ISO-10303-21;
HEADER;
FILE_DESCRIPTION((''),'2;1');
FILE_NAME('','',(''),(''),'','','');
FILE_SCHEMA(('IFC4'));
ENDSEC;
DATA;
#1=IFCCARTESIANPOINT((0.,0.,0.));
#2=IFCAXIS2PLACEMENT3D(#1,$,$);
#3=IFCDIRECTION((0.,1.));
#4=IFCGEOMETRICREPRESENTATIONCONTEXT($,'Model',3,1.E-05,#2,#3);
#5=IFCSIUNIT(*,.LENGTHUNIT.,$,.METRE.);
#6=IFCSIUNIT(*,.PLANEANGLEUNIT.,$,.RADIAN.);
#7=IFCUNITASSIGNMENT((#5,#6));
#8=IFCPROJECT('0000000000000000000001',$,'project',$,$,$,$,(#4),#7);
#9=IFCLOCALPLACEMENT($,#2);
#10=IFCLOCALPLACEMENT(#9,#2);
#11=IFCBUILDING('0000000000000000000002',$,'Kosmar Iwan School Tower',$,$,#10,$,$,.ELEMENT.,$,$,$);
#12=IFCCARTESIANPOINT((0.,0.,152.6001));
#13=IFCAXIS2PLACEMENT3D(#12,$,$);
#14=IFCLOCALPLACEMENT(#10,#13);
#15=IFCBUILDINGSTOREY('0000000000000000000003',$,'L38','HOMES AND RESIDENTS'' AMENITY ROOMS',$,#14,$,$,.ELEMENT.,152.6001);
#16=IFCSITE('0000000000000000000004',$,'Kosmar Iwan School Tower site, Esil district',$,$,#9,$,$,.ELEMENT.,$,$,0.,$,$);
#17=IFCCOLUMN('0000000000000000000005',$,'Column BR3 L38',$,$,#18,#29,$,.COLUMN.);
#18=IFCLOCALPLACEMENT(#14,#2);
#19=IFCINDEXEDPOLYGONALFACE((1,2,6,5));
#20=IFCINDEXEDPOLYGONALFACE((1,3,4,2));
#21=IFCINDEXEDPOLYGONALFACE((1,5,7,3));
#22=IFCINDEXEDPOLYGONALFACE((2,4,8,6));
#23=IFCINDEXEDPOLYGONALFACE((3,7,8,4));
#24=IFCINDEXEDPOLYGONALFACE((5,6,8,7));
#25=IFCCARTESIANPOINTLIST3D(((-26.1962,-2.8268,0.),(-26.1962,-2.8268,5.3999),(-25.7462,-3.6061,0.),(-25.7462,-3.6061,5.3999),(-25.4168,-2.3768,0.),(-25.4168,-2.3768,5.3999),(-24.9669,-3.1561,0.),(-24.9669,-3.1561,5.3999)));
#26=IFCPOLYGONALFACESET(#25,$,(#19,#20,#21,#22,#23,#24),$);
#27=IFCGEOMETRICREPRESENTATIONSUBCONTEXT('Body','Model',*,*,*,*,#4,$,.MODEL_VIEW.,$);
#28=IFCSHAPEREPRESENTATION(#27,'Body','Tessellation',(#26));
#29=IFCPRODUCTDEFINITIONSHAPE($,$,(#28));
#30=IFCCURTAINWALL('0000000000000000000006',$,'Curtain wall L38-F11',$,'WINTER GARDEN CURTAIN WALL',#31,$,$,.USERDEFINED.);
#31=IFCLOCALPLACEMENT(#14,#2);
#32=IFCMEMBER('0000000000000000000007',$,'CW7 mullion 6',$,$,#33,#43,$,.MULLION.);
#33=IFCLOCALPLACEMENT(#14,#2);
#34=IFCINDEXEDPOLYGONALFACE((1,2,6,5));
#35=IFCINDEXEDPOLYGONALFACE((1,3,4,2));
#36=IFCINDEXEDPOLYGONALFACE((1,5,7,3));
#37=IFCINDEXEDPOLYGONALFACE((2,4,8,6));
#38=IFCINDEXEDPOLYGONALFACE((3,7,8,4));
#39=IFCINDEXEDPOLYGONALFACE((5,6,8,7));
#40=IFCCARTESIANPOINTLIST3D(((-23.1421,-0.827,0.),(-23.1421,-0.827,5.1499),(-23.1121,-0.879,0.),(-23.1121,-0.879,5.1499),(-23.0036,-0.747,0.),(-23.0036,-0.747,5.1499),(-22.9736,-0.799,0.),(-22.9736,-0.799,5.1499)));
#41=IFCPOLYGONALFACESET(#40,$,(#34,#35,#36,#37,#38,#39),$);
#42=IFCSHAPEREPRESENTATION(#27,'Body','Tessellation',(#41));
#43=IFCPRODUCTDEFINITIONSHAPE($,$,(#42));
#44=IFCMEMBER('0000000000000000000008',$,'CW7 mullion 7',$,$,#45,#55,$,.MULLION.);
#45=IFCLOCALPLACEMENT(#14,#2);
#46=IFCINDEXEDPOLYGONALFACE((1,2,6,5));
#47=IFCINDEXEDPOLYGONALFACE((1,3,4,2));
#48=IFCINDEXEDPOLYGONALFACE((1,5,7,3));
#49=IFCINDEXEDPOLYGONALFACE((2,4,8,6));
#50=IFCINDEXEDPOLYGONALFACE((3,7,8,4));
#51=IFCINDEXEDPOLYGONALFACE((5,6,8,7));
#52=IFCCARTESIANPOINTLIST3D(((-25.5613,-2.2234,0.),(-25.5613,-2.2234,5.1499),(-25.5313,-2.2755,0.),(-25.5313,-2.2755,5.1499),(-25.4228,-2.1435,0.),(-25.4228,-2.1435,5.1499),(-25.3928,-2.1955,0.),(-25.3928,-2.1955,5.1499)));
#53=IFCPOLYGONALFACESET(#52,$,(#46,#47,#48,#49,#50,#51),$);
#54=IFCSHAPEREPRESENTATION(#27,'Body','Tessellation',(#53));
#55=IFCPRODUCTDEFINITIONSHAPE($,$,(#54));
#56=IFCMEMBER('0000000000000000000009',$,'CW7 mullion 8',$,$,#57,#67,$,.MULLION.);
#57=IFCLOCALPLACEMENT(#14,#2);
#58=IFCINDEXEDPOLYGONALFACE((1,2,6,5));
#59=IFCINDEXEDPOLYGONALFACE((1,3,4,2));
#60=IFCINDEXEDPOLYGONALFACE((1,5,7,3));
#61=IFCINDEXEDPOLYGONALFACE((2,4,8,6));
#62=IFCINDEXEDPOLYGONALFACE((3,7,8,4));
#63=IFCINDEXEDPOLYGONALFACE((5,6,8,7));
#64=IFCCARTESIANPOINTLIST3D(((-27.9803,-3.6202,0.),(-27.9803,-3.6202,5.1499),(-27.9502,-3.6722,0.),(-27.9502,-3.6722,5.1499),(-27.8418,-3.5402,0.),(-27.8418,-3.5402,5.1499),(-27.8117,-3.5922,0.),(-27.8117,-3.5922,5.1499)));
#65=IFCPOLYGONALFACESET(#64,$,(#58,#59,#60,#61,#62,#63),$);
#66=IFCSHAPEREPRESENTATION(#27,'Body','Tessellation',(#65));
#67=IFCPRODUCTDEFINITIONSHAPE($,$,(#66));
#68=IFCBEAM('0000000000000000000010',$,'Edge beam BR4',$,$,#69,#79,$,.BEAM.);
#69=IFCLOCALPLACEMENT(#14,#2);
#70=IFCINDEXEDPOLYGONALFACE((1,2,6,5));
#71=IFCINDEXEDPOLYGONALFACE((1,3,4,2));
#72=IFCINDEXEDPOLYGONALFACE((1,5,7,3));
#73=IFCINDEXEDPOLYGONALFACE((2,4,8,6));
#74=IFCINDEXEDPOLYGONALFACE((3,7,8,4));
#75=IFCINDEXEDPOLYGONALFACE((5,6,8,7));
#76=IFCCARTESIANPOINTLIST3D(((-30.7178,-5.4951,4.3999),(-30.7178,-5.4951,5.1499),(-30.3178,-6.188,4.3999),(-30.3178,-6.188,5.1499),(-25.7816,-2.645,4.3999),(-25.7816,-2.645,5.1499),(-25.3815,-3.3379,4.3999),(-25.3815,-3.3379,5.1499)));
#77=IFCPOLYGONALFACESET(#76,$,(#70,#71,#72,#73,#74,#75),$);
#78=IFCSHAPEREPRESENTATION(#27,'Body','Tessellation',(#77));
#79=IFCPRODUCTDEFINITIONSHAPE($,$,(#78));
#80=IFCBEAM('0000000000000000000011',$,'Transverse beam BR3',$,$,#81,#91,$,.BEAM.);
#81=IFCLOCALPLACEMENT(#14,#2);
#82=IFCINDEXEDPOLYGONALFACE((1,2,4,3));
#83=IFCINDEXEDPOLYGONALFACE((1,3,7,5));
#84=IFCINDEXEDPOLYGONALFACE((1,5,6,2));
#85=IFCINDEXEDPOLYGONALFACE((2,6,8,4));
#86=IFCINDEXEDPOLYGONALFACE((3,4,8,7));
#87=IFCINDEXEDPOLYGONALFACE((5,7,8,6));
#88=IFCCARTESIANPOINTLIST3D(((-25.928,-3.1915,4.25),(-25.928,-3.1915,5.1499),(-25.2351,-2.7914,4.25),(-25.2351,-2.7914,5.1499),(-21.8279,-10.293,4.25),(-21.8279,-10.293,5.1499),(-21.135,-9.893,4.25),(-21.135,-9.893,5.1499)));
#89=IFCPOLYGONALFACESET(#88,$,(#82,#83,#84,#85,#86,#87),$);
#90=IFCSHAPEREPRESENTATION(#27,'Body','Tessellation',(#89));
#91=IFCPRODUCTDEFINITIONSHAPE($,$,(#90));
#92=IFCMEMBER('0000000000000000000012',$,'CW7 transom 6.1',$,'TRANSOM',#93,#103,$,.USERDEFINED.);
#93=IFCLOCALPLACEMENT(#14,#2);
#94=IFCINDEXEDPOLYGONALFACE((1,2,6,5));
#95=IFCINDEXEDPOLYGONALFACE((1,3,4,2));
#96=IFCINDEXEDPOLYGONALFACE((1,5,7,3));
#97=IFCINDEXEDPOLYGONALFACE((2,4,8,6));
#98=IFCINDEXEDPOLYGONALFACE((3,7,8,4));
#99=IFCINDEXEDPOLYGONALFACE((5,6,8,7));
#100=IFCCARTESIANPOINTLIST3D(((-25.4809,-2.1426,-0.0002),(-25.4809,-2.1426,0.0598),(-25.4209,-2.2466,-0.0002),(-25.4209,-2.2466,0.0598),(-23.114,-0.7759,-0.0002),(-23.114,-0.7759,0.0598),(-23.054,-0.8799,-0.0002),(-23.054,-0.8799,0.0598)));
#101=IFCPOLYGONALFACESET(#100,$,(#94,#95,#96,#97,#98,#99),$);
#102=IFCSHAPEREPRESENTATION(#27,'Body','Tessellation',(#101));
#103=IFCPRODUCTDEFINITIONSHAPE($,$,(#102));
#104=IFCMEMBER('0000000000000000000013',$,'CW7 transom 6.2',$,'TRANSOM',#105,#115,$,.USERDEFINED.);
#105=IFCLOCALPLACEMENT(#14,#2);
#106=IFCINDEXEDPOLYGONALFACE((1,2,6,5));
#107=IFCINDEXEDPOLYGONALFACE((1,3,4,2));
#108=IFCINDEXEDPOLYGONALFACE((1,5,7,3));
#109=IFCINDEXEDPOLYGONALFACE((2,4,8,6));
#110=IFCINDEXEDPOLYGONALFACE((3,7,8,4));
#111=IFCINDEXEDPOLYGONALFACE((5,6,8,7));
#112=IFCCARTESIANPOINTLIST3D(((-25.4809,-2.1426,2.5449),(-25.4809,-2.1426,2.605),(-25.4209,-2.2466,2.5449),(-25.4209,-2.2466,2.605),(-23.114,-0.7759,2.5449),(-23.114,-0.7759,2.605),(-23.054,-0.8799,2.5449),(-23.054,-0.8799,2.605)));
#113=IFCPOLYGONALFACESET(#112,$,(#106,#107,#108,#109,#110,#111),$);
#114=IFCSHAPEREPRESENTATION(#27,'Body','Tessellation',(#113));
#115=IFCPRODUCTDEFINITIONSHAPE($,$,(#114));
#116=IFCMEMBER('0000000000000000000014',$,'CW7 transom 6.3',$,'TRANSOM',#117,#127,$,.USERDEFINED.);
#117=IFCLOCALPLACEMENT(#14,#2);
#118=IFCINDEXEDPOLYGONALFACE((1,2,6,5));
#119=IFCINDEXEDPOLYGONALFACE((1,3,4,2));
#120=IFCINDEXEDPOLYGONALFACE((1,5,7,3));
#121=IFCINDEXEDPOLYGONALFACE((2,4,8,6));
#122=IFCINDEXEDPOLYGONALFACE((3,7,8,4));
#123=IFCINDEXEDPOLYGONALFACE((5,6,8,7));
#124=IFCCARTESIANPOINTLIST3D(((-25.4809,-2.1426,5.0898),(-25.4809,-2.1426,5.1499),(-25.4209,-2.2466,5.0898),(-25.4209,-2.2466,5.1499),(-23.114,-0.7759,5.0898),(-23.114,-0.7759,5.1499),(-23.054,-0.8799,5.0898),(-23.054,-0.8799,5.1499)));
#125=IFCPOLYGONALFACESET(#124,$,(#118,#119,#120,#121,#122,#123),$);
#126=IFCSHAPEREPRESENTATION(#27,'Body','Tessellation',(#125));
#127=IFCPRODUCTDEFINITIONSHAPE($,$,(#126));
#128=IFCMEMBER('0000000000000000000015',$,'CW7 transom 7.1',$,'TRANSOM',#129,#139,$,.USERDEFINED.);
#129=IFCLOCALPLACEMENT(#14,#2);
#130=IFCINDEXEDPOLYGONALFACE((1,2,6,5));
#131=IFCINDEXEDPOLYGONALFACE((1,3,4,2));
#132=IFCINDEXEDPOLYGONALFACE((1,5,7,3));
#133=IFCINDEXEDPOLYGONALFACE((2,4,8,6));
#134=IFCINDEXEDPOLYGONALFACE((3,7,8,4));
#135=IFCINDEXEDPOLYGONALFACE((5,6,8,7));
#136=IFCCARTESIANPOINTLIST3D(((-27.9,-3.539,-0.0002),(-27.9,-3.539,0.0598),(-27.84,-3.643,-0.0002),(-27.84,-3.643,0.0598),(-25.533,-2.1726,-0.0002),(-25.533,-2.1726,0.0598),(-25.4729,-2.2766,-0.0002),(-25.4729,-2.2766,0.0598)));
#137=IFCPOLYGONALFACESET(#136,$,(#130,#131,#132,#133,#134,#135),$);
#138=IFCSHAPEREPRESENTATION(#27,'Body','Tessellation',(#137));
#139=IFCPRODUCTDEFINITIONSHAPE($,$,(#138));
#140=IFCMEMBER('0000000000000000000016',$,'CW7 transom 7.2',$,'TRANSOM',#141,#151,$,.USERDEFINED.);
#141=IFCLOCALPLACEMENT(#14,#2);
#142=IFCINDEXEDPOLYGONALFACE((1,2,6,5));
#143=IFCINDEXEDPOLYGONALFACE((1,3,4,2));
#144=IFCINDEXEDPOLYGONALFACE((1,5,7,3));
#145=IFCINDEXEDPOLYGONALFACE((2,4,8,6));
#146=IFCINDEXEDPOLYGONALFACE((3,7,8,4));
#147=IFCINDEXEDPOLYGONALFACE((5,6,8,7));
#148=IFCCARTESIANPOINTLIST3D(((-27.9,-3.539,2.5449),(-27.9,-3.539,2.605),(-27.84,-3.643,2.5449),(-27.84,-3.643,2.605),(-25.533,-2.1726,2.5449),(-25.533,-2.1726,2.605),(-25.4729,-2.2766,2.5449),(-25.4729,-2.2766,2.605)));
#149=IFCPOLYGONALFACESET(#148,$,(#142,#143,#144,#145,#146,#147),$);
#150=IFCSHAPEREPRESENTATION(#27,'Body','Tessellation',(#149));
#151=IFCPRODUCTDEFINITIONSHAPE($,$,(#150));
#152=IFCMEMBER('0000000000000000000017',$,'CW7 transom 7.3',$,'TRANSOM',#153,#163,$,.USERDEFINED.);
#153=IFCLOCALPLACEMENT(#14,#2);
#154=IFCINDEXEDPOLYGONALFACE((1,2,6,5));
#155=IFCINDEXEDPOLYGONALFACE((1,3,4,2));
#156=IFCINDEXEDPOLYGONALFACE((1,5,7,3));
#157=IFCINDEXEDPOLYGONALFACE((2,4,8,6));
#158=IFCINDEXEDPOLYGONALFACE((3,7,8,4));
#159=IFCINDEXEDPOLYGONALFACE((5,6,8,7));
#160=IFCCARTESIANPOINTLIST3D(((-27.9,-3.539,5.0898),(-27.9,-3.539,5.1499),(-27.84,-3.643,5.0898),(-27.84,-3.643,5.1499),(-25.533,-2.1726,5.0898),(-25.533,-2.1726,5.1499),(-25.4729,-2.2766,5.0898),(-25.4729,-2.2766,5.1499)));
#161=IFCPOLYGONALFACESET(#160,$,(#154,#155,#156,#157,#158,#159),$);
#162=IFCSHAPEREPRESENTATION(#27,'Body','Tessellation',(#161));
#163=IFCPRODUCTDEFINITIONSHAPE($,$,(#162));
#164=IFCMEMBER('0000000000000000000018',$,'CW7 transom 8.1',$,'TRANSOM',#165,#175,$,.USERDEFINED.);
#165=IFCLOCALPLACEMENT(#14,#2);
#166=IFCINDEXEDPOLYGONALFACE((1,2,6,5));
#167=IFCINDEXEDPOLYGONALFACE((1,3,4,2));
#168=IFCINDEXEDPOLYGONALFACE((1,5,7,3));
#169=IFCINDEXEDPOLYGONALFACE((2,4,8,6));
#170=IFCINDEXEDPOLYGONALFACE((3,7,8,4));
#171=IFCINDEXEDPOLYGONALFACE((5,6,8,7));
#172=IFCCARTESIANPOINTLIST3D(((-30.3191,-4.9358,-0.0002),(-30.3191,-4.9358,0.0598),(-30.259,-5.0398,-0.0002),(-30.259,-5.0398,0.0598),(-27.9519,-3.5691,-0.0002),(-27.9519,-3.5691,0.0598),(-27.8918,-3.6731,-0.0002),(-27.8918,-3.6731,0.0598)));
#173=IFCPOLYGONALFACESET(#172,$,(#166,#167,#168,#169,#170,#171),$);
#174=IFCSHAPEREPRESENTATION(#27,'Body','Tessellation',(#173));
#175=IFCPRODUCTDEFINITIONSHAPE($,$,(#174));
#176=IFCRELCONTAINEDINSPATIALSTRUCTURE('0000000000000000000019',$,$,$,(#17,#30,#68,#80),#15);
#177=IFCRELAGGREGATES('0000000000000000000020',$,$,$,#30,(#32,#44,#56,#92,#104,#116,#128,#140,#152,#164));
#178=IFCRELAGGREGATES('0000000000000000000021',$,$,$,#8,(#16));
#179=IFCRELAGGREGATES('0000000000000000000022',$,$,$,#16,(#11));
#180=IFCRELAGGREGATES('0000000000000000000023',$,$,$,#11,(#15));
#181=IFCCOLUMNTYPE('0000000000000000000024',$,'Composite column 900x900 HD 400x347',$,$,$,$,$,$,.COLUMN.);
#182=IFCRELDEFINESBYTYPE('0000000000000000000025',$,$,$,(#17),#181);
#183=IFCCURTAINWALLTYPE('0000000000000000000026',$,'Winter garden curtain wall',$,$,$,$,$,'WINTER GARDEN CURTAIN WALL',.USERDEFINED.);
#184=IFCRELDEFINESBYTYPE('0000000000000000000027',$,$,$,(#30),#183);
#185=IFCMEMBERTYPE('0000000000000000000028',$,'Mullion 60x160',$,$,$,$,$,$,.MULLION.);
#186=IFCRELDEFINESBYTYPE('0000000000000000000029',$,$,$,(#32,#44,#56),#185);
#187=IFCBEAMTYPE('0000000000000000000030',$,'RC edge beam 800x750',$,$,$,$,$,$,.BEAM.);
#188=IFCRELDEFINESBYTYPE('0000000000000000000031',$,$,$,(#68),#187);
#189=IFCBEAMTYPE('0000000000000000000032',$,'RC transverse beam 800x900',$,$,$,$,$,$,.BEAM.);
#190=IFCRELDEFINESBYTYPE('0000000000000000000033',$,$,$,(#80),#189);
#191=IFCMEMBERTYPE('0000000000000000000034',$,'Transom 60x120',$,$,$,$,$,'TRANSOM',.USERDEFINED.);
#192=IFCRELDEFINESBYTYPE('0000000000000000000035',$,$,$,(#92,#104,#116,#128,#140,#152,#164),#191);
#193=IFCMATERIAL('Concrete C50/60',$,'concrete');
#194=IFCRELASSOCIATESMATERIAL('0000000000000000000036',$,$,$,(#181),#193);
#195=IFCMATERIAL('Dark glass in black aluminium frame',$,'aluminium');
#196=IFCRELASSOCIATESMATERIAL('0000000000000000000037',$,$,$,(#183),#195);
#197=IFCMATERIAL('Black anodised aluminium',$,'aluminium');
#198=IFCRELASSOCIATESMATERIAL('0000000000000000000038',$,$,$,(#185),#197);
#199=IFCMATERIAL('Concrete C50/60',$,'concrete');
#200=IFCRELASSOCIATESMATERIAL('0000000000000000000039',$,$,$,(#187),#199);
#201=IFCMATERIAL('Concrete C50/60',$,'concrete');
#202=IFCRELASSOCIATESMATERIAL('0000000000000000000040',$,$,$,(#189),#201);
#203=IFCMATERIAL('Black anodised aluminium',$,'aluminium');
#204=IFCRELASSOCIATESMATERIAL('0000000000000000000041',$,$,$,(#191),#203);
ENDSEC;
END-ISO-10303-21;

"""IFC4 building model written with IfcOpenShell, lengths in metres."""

from ifc_helpers import new_model, si_unit, direction, frame, origin, origin_2d, place, context, subcontext, project, spatial, rectangle, extrude, material, material_profile, profile_set, type_object, element, aggregate, save


model = new_model("IFC4")

# Units and contexts
model_context = context("Model", 3, precision=1e-05, world=origin(), true_north=direction((0.0, 1.0)))
body_context = subcontext(model_context, "Body", "Model", "MODEL_VIEW")
ifc_project = project(units=[si_unit("LENGTHUNIT", "METRE"), si_unit("PLANEANGLEUNIT", "RADIAN")], contexts=[model_context])

# Site, building, storey
site_placement = place(None, origin())
site = spatial("IfcSite", under=ifc_project, at=site_placement, Name="Kosmar Iwan School Tower site, Esil district", CompositionType="ELEMENT", RefElevation=0.0)
building_placement = place(site_placement, origin())
building = spatial("IfcBuilding", under=site, at=building_placement, Name="Kosmar Iwan School Tower", CompositionType="ELEMENT")
storey_placement = place(building_placement, frame((0.0, 0.0, 152.6001)))
storey = spatial("IfcBuildingStorey", under=building, at=storey_placement, Name="L38", Description="HOMES AND RESIDENTS' AMENITY ROOMS", CompositionType="ELEMENT", Elevation=152.6001)

# Column
ifc_material_1 = material(Name="Concrete C50/60", Category="concrete")
ifc_material_profile_1 = material_profile(ifc_material_1, rectangle(XDim=0.8999, YDim=0.8999, at=origin_2d()), Name="RC 900x900 + HD 400x347")
ifc_profile_set_1 = profile_set([ifc_material_profile_1], Name="Concrete C50/60")
column_type = type_object("IfcColumnType", Name="Composite column 900x900 HD 400x347", PredefinedType="COLUMN", material=ifc_profile_set_1)
column_placement = place(storey_placement, frame((-25.5815, -2.9915, 0.0), z_axis=(0.0, 0.0, 1.0), x_axis=(-0.866025, -0.5, 0.0)))
element("IfcColumn", 1, at=column_placement, inside=storey, type_object=column_type, Name="Column BR3 L38", PredefinedType="COLUMN", context=body_context, shape_type="SweptSolid", body=[
    extrude(rectangle(XDim=0.8999, YDim=0.8999, at=origin_2d()), origin(), (0.0, 0.0, 1.0), 5.3999),
])

# Curtain wall, members
ifc_material_2 = material(Name="Dark glass in black aluminium frame", Category="aluminium")
curtain_wall_type = type_object("IfcCurtainWallType", Name="Winter garden curtain wall", ElementType="WINTER GARDEN CURTAIN WALL", PredefinedType="USERDEFINED", material=ifc_material_2)
curtain_wall_placement = place(storey_placement, origin())
curtain_wall = element("IfcCurtainWall", 2, at=curtain_wall_placement, inside=storey, type_object=curtain_wall_type, Name="Curtain wall L38-F11", ObjectType="WINTER GARDEN CURTAIN WALL", PredefinedType="USERDEFINED")
ifc_material_3 = material(Name="Black anodised aluminium", Category="aluminium")
ifc_material_profile_2 = material_profile(ifc_material_3, rectangle(XDim=0.0601, YDim=0.1599, at=origin_2d()), Name="MULLION 60x160")
ifc_profile_set_2 = profile_set([ifc_material_profile_2], Name="Black anodised aluminium")
member_type_1 = type_object("IfcMemberType", Name="Mullion 60x160", PredefinedType="MULLION", material=ifc_profile_set_2)
member_1_placement = place(storey_placement, frame((-23.0579, -0.813, 0.0), z_axis=(0.0, 0.0, 1.0), x_axis=(0.5, -0.866025, 0.0)))
member_1 = element("IfcMember", 3, at=member_1_placement, type_object=member_type_1, Name="CW7 mullion 6", PredefinedType="MULLION", context=body_context, shape_type="SweptSolid", body=[
    extrude(rectangle(XDim=0.0601, YDim=0.1599, at=origin_2d()), origin(), (0.0, 0.0, 1.0), 5.1499),
])
member_2_placement = place(storey_placement, frame((-25.4771, -2.2095, 0.0), z_axis=(0.0, 0.0, 1.0), x_axis=(0.5, -0.866025, 0.0)))
member_2 = element("IfcMember", 4, at=member_2_placement, type_object=member_type_1, Name="CW7 mullion 7", PredefinedType="MULLION", context=body_context, shape_type="SweptSolid", body=[
    extrude(rectangle(XDim=0.0601, YDim=0.1599, at=origin_2d()), origin(), (0.0, 0.0, 1.0), 5.1499),
])
member_3_placement = place(storey_placement, frame((-27.896, -3.6062, 0.0), z_axis=(0.0, 0.0, 1.0), x_axis=(0.5, -0.866025, 0.0)))
member_3 = element("IfcMember", 5, at=member_3_placement, type_object=member_type_1, Name="CW7 mullion 8", PredefinedType="MULLION", context=body_context, shape_type="SweptSolid", body=[
    extrude(rectangle(XDim=0.0601, YDim=0.1599, at=origin_2d()), origin(), (0.0, 0.0, 1.0), 5.1499),
])

# Beams
ifc_material_4 = material(Name="Concrete C50/60", Category="concrete")
ifc_material_profile_3 = material_profile(ifc_material_4, rectangle(XDim=0.8, YDim=0.75, at=origin_2d()), Name="RC 800x750")
ifc_profile_set_3 = profile_set([ifc_material_profile_3], Name="Concrete C50/60")
beam_type_1 = type_object("IfcBeamType", Name="RC edge beam 800x750", PredefinedType="BEAM", material=ifc_profile_set_3)
beam_1_placement = place(storey_placement, frame((-25.5815, -2.9915, 4.7749), z_axis=(-0.866015, -0.500018, 0.0), x_axis=(0.500018, -0.866015, 0.0)))
element("IfcBeam", 6, at=beam_1_placement, inside=storey, type_object=beam_type_1, Name="Edge beam BR4", PredefinedType="BEAM", context=body_context, shape_type="SweptSolid", body=[
    extrude(rectangle(XDim=0.8, YDim=0.75, at=origin_2d()), origin(), (0.0, 0.0, 1.0), 5.7),
])
ifc_material_5 = material(Name="Concrete C50/60", Category="concrete")
ifc_material_profile_4 = material_profile(ifc_material_5, rectangle(XDim=0.8, YDim=0.8999, at=origin_2d()), Name="RC 800x900")
ifc_profile_set_4 = profile_set([ifc_material_profile_4], Name="Concrete C50/60")
beam_type_2 = type_object("IfcBeamType", Name="RC transverse beam 800x900", PredefinedType="BEAM", material=ifc_profile_set_4)
beam_2_placement = place(storey_placement, frame((-25.5815, -2.9915, 4.7), z_axis=(0.500001, -0.866025, 0.0), x_axis=(0.866025, 0.500001, 0.0)))
element("IfcBeam", 7, at=beam_2_placement, inside=storey, type_object=beam_type_2, Name="Transverse beam BR3", PredefinedType="BEAM", context=body_context, shape_type="SweptSolid", body=[
    extrude(rectangle(XDim=0.8, YDim=0.8999, at=origin_2d()), origin(), (0.0, 0.0, 1.0), 8.2002),
])

# Members
ifc_material_6 = material(Name="Black anodised aluminium", Category="aluminium")
ifc_material_profile_5 = material_profile(ifc_material_6, rectangle(XDim=0.1201, YDim=0.0601, at=origin_2d()), Name="TRANSOM 60x120")
ifc_profile_set_5 = profile_set([ifc_material_profile_5], Name="Black anodised aluminium")
member_type_2 = type_object("IfcMemberType", Name="Transom 60x120", ElementType="TRANSOM", PredefinedType="USERDEFINED", material=ifc_profile_set_5)
member_4_placement = place(storey_placement, frame((-23.084, -0.8279, 0.0298), z_axis=(-0.866003, -0.500039, 0.0), x_axis=(0.500039, -0.866003, 0.0)))
member_4 = element("IfcMember", 8, at=member_4_placement, type_object=member_type_2, Name="CW7 transom 6.1", ObjectType="TRANSOM", PredefinedType="USERDEFINED", context=body_context, shape_type="SweptSolid", body=[
    extrude(rectangle(XDim=0.1201, YDim=0.0601, at=origin_2d()), origin(), (0.0, 0.0, 1.0), 2.7332),
])
member_5_placement = place(storey_placement, frame((-23.084, -0.8279, 2.575), z_axis=(-0.866003, -0.500039, 0.0), x_axis=(0.500039, -0.866003, 0.0)))
member_5 = element("IfcMember", 9, at=member_5_placement, type_object=member_type_2, Name="CW7 transom 6.2", ObjectType="TRANSOM", PredefinedType="USERDEFINED", context=body_context, shape_type="SweptSolid", body=[
    extrude(rectangle(XDim=0.1201, YDim=0.0601, at=origin_2d()), origin(), (0.0, 0.0, 1.0), 2.7332),
])
member_6_placement = place(storey_placement, frame((-23.084, -0.8279, 5.1199), z_axis=(-0.866003, -0.500039, 0.0), x_axis=(0.500039, -0.866003, 0.0)))
member_6 = element("IfcMember", 10, at=member_6_placement, type_object=member_type_2, Name="CW7 transom 6.3", ObjectType="TRANSOM", PredefinedType="USERDEFINED", context=body_context, shape_type="SweptSolid", body=[
    extrude(rectangle(XDim=0.1201, YDim=0.0601, at=origin_2d()), origin(), (0.0, 0.0, 1.0), 2.7332),
])
member_7_placement = place(storey_placement, frame((-25.5029, -2.2246, 0.0298), z_axis=(-0.866064, -0.499934, 0.0), x_axis=(0.499934, -0.866064, 0.0)))
member_7 = element("IfcMember", 11, at=member_7_placement, type_object=member_type_2, Name="CW7 transom 7.1", ObjectType="TRANSOM", PredefinedType="USERDEFINED", context=body_context, shape_type="SweptSolid", body=[
    extrude(rectangle(XDim=0.1201, YDim=0.0601, at=origin_2d()), origin(), (0.0, 0.0, 1.0), 2.7332),
])
member_8_placement = place(storey_placement, frame((-25.5029, -2.2246, 2.575), z_axis=(-0.866064, -0.499934, 0.0), x_axis=(0.499934, -0.866064, 0.0)))
member_8 = element("IfcMember", 12, at=member_8_placement, type_object=member_type_2, Name="CW7 transom 7.2", ObjectType="TRANSOM", PredefinedType="USERDEFINED", context=body_context, shape_type="SweptSolid", body=[
    extrude(rectangle(XDim=0.1201, YDim=0.0601, at=origin_2d()), origin(), (0.0, 0.0, 1.0), 2.7332),
])
member_9_placement = place(storey_placement, frame((-25.5029, -2.2246, 5.1199), z_axis=(-0.866064, -0.499934, 0.0), x_axis=(0.499934, -0.866064, 0.0)))
member_9 = element("IfcMember", 13, at=member_9_placement, type_object=member_type_2, Name="CW7 transom 7.3", ObjectType="TRANSOM", PredefinedType="USERDEFINED", context=body_context, shape_type="SweptSolid", body=[
    extrude(rectangle(XDim=0.1201, YDim=0.0601, at=origin_2d()), origin(), (0.0, 0.0, 1.0), 2.7332),
])
member_10_placement = place(storey_placement, frame((-27.9219, -3.6211, 0.0298), z_axis=(-0.866025, -0.500001, 0.0), x_axis=(0.500001, -0.866025, 0.0)))
member_10 = element("IfcMember", 14, at=member_10_placement, type_object=member_type_2, Name="CW7 transom 8.1", ObjectType="TRANSOM", PredefinedType="USERDEFINED", context=body_context, shape_type="SweptSolid", body=[
    extrude(rectangle(XDim=0.1201, YDim=0.0601, at=origin_2d()), origin(), (0.0, 0.0, 1.0), 2.7334),
])

aggregate(curtain_wall, [member_1, member_2, member_3, member_4, member_5, member_6, member_7, member_8, member_9, member_10])

save(model, "model.ifc")
